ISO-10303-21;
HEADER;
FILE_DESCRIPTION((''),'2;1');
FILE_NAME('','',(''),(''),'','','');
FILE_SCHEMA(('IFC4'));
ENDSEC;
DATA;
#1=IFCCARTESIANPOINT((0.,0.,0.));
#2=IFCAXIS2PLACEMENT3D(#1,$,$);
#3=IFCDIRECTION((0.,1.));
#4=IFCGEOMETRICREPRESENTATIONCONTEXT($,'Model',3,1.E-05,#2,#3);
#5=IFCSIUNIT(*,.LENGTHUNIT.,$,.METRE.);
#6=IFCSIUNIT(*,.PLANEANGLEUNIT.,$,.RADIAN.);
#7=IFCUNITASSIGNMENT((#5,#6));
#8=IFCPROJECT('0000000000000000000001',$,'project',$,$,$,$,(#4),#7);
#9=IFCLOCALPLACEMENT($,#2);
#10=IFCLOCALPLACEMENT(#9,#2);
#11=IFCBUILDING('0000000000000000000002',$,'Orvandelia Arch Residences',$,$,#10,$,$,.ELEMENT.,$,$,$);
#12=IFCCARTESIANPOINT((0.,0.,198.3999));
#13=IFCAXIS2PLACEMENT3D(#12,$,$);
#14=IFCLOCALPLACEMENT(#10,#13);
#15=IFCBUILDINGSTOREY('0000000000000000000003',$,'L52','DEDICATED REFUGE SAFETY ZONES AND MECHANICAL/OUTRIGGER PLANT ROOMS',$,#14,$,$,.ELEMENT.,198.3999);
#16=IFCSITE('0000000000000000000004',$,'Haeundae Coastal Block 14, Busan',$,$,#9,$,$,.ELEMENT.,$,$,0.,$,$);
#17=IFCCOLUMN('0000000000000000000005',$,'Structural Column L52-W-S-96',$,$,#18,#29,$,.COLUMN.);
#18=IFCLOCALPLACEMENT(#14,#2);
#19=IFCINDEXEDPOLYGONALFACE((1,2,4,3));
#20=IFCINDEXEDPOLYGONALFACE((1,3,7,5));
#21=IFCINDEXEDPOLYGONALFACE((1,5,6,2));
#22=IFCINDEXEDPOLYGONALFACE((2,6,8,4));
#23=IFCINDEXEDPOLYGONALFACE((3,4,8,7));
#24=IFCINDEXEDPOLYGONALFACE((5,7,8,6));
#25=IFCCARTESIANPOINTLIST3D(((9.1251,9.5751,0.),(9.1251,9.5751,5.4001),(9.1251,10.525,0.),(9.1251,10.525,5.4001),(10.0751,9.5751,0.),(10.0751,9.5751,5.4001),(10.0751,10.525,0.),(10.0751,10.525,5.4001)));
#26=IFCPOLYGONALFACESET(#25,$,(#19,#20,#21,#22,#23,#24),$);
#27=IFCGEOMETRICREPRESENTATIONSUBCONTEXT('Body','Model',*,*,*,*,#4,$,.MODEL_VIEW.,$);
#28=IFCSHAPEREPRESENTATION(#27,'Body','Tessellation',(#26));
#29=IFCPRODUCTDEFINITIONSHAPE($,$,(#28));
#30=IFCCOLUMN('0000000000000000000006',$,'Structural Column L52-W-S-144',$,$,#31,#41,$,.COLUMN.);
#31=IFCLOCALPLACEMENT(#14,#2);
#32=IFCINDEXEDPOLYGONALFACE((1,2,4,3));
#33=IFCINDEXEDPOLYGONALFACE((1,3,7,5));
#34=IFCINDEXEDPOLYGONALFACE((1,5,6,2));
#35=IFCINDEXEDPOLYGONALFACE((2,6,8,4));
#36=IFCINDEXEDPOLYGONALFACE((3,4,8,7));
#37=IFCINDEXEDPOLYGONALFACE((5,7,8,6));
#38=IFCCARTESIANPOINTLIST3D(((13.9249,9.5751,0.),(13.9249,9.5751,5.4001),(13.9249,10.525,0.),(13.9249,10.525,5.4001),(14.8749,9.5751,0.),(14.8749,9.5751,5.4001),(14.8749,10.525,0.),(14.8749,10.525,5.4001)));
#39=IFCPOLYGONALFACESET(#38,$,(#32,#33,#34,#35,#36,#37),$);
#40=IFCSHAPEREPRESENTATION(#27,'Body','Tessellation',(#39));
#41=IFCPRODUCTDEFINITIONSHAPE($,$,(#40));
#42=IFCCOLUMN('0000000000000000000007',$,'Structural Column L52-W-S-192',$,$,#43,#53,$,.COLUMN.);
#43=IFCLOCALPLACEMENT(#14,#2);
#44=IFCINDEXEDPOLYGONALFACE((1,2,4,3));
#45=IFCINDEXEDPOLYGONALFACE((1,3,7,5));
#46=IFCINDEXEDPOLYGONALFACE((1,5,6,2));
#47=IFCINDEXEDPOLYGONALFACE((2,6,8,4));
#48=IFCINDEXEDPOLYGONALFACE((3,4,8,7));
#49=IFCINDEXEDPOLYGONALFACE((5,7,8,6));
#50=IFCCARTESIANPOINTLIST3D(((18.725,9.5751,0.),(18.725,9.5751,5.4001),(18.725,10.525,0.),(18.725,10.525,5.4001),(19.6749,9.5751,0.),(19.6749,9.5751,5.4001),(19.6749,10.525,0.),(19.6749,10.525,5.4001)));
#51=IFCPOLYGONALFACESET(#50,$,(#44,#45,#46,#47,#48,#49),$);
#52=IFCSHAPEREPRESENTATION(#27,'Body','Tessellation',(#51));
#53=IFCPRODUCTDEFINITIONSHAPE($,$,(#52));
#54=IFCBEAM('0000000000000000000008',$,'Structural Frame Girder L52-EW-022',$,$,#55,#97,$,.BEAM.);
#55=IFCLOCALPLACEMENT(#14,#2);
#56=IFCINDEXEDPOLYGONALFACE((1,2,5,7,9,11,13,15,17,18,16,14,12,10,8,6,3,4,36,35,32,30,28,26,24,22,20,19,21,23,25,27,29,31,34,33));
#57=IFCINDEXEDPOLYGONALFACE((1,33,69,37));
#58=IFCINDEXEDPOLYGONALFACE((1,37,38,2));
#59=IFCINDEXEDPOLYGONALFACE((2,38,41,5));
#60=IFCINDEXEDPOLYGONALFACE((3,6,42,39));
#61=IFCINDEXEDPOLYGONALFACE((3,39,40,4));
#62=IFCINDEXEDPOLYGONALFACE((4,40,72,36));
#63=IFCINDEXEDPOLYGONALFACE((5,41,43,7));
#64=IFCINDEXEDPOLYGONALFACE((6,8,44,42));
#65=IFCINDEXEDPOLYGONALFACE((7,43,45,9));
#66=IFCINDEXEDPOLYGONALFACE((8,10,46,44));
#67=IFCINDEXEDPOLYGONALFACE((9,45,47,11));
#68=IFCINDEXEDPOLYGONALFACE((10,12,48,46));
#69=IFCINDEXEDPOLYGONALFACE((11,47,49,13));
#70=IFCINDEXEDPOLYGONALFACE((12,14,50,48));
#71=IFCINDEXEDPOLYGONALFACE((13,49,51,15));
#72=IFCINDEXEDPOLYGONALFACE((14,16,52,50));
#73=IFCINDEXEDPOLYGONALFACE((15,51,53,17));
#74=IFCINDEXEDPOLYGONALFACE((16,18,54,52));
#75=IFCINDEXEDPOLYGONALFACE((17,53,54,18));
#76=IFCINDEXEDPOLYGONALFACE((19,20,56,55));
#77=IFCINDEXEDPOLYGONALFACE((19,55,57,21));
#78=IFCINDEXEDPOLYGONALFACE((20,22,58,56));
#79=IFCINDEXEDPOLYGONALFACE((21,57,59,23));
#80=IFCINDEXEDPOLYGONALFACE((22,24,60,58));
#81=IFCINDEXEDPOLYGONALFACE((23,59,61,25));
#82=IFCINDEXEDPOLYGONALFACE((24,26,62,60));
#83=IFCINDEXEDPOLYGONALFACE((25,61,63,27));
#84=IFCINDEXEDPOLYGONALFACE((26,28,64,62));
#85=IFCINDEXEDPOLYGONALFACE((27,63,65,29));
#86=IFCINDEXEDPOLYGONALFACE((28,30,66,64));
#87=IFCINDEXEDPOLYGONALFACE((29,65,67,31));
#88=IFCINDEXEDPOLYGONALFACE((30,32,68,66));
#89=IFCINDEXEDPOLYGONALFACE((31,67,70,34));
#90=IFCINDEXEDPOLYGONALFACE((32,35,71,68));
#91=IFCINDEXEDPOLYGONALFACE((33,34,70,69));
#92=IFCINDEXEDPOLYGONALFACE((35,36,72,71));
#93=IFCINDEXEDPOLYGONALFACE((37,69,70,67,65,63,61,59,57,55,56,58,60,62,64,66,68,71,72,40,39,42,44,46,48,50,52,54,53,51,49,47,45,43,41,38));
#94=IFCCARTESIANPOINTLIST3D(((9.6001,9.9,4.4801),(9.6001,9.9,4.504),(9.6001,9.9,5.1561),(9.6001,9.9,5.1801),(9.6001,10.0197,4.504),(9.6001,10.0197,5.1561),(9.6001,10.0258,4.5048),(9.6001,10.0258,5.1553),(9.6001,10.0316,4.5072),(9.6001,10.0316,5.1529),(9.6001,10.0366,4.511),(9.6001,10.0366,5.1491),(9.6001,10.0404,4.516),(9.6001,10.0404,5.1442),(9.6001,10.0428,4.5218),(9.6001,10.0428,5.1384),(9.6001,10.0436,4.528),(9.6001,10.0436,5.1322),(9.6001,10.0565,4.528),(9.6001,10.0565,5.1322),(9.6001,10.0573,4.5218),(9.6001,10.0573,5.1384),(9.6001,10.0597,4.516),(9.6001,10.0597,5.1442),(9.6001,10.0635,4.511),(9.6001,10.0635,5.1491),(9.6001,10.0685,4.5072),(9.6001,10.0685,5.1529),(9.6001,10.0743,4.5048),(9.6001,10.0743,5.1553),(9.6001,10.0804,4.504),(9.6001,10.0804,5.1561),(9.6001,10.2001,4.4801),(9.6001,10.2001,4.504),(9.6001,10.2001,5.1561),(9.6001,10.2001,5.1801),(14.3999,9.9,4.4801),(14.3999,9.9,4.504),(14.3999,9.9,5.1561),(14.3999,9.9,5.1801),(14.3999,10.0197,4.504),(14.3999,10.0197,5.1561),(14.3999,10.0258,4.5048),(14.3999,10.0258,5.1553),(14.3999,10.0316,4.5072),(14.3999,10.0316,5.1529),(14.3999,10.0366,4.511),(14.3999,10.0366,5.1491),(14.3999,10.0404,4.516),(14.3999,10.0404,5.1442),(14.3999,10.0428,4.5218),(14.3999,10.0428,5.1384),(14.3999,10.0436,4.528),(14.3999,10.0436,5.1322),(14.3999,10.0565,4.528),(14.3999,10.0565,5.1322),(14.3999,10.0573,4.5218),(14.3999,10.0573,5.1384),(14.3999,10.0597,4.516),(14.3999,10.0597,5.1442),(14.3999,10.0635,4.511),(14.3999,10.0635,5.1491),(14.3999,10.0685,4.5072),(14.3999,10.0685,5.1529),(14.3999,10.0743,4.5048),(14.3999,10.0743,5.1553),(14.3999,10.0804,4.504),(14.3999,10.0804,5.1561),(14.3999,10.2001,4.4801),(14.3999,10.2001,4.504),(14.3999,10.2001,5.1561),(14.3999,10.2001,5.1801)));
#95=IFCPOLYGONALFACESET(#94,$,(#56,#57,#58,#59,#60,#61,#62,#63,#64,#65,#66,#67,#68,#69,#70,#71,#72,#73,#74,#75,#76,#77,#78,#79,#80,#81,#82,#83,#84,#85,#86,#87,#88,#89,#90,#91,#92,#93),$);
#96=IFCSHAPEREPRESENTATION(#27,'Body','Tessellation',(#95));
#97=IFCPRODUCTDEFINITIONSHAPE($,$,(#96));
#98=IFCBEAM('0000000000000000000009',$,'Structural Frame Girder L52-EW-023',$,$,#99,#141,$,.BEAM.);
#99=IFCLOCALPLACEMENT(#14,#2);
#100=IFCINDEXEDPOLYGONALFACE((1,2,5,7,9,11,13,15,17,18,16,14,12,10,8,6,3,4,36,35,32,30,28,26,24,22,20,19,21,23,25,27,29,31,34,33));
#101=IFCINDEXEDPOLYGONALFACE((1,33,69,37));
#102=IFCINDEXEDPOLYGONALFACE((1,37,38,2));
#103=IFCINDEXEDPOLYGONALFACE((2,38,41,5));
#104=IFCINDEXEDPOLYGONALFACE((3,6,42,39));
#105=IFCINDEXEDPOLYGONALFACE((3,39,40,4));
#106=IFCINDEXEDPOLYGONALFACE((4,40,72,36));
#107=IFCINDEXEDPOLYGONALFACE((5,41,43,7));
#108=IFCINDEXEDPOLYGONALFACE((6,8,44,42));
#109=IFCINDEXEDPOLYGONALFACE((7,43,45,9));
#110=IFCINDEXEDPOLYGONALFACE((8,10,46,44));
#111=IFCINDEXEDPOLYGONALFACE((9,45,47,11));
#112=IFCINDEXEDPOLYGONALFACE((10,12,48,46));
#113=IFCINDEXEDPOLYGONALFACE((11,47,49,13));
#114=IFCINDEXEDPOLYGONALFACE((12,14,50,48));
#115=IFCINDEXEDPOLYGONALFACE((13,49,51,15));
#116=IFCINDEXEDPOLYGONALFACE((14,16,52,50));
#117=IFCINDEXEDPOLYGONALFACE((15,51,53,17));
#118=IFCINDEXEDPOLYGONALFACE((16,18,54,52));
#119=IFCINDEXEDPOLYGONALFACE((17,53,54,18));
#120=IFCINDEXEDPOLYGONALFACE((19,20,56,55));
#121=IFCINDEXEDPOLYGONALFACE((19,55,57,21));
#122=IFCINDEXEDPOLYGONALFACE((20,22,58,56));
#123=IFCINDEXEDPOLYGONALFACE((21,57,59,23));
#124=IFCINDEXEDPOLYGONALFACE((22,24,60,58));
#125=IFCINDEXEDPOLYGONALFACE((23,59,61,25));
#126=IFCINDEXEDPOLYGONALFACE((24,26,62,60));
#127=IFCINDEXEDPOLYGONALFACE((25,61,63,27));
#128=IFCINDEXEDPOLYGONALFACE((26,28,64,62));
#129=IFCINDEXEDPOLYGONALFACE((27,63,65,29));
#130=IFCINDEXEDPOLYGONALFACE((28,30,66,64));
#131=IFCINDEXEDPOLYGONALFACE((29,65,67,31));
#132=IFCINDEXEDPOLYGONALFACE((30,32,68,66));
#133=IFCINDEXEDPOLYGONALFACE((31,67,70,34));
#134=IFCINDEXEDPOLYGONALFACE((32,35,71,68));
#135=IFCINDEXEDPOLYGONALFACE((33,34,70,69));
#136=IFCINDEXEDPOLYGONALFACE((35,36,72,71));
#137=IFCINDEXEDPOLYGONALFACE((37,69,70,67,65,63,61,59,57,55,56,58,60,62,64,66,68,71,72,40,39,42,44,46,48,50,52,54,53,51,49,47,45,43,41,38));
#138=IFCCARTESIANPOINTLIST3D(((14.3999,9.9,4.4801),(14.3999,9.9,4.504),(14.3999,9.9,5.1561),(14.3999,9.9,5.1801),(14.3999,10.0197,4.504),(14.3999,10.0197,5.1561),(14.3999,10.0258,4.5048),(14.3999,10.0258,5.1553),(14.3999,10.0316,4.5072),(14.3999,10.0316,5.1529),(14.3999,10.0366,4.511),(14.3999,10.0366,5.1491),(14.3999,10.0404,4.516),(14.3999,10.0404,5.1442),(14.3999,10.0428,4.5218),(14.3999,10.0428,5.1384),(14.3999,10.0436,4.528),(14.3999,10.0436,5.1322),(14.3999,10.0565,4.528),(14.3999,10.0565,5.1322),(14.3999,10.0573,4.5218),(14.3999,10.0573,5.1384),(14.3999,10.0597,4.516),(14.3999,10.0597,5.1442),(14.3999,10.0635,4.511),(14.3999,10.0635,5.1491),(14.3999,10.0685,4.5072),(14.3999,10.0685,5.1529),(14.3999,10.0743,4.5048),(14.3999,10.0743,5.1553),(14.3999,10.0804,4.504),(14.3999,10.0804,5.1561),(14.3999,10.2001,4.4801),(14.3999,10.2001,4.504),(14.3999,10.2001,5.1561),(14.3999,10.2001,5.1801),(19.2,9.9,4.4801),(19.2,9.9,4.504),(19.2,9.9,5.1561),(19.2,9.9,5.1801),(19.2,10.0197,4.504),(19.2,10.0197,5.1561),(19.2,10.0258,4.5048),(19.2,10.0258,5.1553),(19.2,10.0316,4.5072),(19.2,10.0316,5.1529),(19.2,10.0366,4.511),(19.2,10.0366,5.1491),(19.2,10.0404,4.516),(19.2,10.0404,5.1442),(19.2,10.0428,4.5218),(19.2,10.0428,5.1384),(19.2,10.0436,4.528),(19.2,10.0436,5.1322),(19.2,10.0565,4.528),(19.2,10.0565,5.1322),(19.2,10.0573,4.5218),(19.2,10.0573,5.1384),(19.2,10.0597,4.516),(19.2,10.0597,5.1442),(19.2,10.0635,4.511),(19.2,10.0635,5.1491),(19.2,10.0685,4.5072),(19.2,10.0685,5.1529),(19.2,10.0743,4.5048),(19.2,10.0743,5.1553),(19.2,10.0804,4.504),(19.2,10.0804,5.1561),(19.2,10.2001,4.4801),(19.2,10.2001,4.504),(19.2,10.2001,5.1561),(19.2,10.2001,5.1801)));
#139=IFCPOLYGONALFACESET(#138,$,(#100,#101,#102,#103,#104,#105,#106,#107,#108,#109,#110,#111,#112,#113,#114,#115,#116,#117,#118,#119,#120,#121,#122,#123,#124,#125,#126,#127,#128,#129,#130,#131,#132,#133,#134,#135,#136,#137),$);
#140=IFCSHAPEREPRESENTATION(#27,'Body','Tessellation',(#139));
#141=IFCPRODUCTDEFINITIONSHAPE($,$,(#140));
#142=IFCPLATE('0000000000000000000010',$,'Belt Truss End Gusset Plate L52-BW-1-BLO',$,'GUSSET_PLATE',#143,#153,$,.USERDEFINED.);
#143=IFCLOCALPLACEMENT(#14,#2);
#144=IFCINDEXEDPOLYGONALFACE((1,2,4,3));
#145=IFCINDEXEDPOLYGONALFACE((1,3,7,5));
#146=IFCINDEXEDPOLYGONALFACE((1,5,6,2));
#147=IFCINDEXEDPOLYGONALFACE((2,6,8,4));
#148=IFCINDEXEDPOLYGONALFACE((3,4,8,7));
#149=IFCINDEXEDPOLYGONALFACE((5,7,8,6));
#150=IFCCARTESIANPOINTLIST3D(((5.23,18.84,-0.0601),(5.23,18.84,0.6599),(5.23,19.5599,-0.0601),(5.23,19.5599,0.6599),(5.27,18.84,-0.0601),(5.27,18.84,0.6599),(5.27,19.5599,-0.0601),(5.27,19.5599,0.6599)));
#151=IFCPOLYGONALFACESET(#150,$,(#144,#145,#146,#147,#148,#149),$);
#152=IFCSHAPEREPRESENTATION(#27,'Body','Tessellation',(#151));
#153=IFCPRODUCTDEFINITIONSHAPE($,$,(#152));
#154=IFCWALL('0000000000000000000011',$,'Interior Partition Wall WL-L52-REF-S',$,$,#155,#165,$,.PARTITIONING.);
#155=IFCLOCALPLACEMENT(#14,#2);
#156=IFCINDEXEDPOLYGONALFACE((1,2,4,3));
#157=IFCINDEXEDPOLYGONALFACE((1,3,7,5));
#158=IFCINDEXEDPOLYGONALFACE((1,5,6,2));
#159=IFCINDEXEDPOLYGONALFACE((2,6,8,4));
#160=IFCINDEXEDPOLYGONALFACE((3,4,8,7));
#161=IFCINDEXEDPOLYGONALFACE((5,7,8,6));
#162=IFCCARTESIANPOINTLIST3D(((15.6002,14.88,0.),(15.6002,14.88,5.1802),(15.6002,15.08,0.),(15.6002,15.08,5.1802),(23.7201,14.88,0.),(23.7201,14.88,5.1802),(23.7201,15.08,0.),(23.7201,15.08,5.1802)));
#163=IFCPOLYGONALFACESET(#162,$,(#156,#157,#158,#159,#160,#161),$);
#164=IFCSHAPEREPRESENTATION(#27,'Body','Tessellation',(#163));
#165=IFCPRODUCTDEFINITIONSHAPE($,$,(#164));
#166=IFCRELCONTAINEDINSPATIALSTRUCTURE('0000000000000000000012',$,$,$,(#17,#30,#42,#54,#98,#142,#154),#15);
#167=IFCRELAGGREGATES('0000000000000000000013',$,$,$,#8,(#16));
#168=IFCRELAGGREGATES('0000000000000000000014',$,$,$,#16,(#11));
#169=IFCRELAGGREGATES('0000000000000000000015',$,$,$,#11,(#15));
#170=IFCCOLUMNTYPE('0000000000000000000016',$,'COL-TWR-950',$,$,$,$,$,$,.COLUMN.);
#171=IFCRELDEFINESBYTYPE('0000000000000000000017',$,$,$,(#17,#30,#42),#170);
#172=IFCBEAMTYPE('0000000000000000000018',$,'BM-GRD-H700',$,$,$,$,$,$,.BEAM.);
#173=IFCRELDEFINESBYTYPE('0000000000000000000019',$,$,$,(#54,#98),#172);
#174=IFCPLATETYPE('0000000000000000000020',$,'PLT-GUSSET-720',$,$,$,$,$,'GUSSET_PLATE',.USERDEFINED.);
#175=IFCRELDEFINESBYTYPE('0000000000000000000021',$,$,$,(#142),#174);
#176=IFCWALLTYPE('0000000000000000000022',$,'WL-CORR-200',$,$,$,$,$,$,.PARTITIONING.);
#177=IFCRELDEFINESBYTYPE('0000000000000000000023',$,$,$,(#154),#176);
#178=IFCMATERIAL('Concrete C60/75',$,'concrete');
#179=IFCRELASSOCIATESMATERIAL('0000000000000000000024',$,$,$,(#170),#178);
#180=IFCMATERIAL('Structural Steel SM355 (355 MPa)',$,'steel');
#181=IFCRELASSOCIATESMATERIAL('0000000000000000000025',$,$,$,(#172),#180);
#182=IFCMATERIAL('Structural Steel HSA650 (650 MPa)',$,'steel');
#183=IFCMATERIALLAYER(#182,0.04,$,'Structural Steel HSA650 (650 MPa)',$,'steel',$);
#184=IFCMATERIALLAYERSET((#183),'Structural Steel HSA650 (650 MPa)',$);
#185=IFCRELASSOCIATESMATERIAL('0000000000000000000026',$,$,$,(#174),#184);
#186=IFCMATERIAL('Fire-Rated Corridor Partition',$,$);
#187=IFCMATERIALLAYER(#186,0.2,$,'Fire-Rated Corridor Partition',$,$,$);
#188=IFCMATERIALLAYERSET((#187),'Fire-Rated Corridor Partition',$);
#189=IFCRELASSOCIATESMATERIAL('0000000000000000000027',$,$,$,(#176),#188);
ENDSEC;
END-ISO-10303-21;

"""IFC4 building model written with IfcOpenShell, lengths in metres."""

from ifc_helpers import new_model, si_unit, direction, frame, frame_2d, origin, origin_2d, place, context, subcontext, project, spatial, rectangle, i_section, extrude, material, layer, layer_set, material_profile, profile_set, type_object, element, save


model = new_model("IFC4")

# Units and contexts
model_context = context("Model", 3, precision=1e-05, world=origin(), true_north=direction((0.0, 1.0)))
body_context = subcontext(model_context, "Body", "Model", "MODEL_VIEW")
ifc_project = project(units=[si_unit("LENGTHUNIT", "METRE"), si_unit("PLANEANGLEUNIT", "RADIAN")], contexts=[model_context])

# Site, building, storey
site_placement = place(None, origin())
site = spatial("IfcSite", under=ifc_project, at=site_placement, Name="Haeundae Coastal Block 14, Busan", CompositionType="ELEMENT", RefElevation=0.0)
building_placement = place(site_placement, origin())
building = spatial("IfcBuilding", under=site, at=building_placement, Name="Orvandelia Arch Residences", CompositionType="ELEMENT")
storey_placement = place(building_placement, frame((0.0, 0.0, 198.3999)))
storey = spatial("IfcBuildingStorey", under=building, at=storey_placement, Name="L52", Description="DEDICATED REFUGE SAFETY ZONES AND MECHANICAL/OUTRIGGER PLANT ROOMS", CompositionType="ELEMENT", Elevation=198.3999)

# Columns
ifc_material_1 = material(Name="Concrete C60/75", Category="concrete")
ifc_material_profile_1 = material_profile(ifc_material_1, rectangle(XDim=0.95, YDim=0.95, at=origin_2d()), Name="Concrete C60/75", Category="concrete")
ifc_profile_set_1 = profile_set([ifc_material_profile_1], Name="Concrete C60/75")
column_type = type_object("IfcColumnType", Name="COL-TWR-950", PredefinedType="COLUMN", material=ifc_profile_set_1)
for number, where, z_axis, x_axis, name in (
    (1, (9.6001, 10.05, 0.0), (0.0, 0.0, 1.0), (1.0, 0.0, 0.0), "Structural Column L52-W-S-96"),
    (2, (14.3999, 10.05, 0.0), (0.0, 0.0, 1.0), (1.0, 0.0, 0.0), "Structural Column L52-W-S-144"),
    (3, (19.2, 10.05, 0.0), (0.0, 0.0, 1.0), (1.0, 0.0, 0.0), "Structural Column L52-W-S-192"),
):
    element("IfcColumn", number, at=place(storey_placement, frame(where, z_axis=z_axis, x_axis=x_axis)), inside=storey, type_object=column_type, Name=name, PredefinedType="COLUMN", context=body_context, shape_type="SweptSolid", body=[
        extrude(rectangle(XDim=0.95, YDim=0.95, at=origin_2d()), origin(), (0.0, 0.0, 1.0), 5.4001),
    ])

# Beams
ifc_material_2 = material(Name="Structural Steel SM355 (355 MPa)", Category="steel")
ifc_material_profile_2 = material_profile(ifc_material_2, i_section(OverallWidth=0.3, OverallDepth=0.7, WebThickness=0.0129, FlangeThickness=0.0239, FilletRadius=0.0239, at=origin_2d()), Name="Structural Steel SM355 (355 MPa)", Category="steel")
ifc_profile_set_2 = profile_set([ifc_material_profile_2], Name="Structural Steel SM355 (355 MPa)")
beam_type = type_object("IfcBeamType", Name="BM-GRD-H700", PredefinedType="BEAM", material=ifc_profile_set_2)
beam_1_placement = place(storey_placement, frame((9.6001, 10.05, 4.8301), z_axis=(1.0, 0.0, 0.0), x_axis=(0.0, 1.0, 0.0)))
element("IfcBeam", 4, at=beam_1_placement, inside=storey, type_object=beam_type, Name="Structural Frame Girder L52-EW-022", PredefinedType="BEAM", context=body_context, shape_type="SweptSolid", body=[
    extrude(i_section(OverallWidth=0.3, OverallDepth=0.7, WebThickness=0.0129, FlangeThickness=0.0239, FilletRadius=0.0239, at=origin_2d()), origin(), (0.0, 0.0, 1.0), 4.7998),
])
beam_2_placement = place(storey_placement, frame((14.3999, 10.05, 4.8301), z_axis=(1.0, 0.0, 0.0), x_axis=(0.0, 1.0, 0.0)))
element("IfcBeam", 5, at=beam_2_placement, inside=storey, type_object=beam_type, Name="Structural Frame Girder L52-EW-023", PredefinedType="BEAM", context=body_context, shape_type="SweptSolid", body=[
    extrude(i_section(OverallWidth=0.3, OverallDepth=0.7, WebThickness=0.0129, FlangeThickness=0.0239, FilletRadius=0.0239, at=origin_2d()), origin(), (0.0, 0.0, 1.0), 4.8),
])

# Plate
ifc_material_3 = material(Name="Structural Steel HSA650 (650 MPa)", Category="steel")
ifc_layer_1 = layer(ifc_material_3, 0.04, Name="Structural Steel HSA650 (650 MPa)", Category="steel")
ifc_layer_set_1 = layer_set([ifc_layer_1], Name="Structural Steel HSA650 (650 MPa)")
plate_type = type_object("IfcPlateType", Name="PLT-GUSSET-720", ElementType="GUSSET_PLATE", PredefinedType="USERDEFINED", material=ifc_layer_set_1)
plate_placement = place(storey_placement, frame((5.25, 19.2, -0.0601), z_axis=(0.0, 0.0, 1.0), x_axis=(0.0, 1.0, 0.0)))
element("IfcPlate", 6, at=plate_placement, inside=storey, type_object=plate_type, Name="Belt Truss End Gusset Plate L52-BW-1-BLO", ObjectType="GUSSET_PLATE", PredefinedType="USERDEFINED", context=body_context, shape_type="SweptSolid", body=[
    extrude(rectangle(XDim=0.72, YDim=0.04, at=origin_2d()), origin(), (0.0, 0.0, 1.0), 0.72),
])

# Shared definitions
ifc_material_4 = material(Name="Fire-Rated Corridor Partition")
ifc_layer_2 = layer(ifc_material_4, 0.2, Name="Fire-Rated Corridor Partition")
ifc_layer_set_2 = layer_set([ifc_layer_2], Name="Fire-Rated Corridor Partition")
wall_type_1 = type_object("IfcWallType", Name="WL-CORR-200", PredefinedType="PARTITIONING", material=ifc_layer_set_2)

# Wall
wall_1_placement = place(storey_placement, frame((15.6001, 14.98, 0.0), z_axis=(0.0, 0.0, 1.0), x_axis=(1.0, 0.0, 0.0)))
element("IfcWall", 7, at=wall_1_placement, inside=storey, type_object=wall_type_1, Name="Interior Partition Wall WL-L52-REF-S", PredefinedType="PARTITIONING", context=body_context, shape_type="SweptSolid", body=[
    extrude(rectangle(XDim=8.1199, YDim=0.2, at=frame_2d((4.0601, 0.0))), origin(), (0.0, 0.0, 1.0), 5.1802),
])

save(model, "model.ifc")
